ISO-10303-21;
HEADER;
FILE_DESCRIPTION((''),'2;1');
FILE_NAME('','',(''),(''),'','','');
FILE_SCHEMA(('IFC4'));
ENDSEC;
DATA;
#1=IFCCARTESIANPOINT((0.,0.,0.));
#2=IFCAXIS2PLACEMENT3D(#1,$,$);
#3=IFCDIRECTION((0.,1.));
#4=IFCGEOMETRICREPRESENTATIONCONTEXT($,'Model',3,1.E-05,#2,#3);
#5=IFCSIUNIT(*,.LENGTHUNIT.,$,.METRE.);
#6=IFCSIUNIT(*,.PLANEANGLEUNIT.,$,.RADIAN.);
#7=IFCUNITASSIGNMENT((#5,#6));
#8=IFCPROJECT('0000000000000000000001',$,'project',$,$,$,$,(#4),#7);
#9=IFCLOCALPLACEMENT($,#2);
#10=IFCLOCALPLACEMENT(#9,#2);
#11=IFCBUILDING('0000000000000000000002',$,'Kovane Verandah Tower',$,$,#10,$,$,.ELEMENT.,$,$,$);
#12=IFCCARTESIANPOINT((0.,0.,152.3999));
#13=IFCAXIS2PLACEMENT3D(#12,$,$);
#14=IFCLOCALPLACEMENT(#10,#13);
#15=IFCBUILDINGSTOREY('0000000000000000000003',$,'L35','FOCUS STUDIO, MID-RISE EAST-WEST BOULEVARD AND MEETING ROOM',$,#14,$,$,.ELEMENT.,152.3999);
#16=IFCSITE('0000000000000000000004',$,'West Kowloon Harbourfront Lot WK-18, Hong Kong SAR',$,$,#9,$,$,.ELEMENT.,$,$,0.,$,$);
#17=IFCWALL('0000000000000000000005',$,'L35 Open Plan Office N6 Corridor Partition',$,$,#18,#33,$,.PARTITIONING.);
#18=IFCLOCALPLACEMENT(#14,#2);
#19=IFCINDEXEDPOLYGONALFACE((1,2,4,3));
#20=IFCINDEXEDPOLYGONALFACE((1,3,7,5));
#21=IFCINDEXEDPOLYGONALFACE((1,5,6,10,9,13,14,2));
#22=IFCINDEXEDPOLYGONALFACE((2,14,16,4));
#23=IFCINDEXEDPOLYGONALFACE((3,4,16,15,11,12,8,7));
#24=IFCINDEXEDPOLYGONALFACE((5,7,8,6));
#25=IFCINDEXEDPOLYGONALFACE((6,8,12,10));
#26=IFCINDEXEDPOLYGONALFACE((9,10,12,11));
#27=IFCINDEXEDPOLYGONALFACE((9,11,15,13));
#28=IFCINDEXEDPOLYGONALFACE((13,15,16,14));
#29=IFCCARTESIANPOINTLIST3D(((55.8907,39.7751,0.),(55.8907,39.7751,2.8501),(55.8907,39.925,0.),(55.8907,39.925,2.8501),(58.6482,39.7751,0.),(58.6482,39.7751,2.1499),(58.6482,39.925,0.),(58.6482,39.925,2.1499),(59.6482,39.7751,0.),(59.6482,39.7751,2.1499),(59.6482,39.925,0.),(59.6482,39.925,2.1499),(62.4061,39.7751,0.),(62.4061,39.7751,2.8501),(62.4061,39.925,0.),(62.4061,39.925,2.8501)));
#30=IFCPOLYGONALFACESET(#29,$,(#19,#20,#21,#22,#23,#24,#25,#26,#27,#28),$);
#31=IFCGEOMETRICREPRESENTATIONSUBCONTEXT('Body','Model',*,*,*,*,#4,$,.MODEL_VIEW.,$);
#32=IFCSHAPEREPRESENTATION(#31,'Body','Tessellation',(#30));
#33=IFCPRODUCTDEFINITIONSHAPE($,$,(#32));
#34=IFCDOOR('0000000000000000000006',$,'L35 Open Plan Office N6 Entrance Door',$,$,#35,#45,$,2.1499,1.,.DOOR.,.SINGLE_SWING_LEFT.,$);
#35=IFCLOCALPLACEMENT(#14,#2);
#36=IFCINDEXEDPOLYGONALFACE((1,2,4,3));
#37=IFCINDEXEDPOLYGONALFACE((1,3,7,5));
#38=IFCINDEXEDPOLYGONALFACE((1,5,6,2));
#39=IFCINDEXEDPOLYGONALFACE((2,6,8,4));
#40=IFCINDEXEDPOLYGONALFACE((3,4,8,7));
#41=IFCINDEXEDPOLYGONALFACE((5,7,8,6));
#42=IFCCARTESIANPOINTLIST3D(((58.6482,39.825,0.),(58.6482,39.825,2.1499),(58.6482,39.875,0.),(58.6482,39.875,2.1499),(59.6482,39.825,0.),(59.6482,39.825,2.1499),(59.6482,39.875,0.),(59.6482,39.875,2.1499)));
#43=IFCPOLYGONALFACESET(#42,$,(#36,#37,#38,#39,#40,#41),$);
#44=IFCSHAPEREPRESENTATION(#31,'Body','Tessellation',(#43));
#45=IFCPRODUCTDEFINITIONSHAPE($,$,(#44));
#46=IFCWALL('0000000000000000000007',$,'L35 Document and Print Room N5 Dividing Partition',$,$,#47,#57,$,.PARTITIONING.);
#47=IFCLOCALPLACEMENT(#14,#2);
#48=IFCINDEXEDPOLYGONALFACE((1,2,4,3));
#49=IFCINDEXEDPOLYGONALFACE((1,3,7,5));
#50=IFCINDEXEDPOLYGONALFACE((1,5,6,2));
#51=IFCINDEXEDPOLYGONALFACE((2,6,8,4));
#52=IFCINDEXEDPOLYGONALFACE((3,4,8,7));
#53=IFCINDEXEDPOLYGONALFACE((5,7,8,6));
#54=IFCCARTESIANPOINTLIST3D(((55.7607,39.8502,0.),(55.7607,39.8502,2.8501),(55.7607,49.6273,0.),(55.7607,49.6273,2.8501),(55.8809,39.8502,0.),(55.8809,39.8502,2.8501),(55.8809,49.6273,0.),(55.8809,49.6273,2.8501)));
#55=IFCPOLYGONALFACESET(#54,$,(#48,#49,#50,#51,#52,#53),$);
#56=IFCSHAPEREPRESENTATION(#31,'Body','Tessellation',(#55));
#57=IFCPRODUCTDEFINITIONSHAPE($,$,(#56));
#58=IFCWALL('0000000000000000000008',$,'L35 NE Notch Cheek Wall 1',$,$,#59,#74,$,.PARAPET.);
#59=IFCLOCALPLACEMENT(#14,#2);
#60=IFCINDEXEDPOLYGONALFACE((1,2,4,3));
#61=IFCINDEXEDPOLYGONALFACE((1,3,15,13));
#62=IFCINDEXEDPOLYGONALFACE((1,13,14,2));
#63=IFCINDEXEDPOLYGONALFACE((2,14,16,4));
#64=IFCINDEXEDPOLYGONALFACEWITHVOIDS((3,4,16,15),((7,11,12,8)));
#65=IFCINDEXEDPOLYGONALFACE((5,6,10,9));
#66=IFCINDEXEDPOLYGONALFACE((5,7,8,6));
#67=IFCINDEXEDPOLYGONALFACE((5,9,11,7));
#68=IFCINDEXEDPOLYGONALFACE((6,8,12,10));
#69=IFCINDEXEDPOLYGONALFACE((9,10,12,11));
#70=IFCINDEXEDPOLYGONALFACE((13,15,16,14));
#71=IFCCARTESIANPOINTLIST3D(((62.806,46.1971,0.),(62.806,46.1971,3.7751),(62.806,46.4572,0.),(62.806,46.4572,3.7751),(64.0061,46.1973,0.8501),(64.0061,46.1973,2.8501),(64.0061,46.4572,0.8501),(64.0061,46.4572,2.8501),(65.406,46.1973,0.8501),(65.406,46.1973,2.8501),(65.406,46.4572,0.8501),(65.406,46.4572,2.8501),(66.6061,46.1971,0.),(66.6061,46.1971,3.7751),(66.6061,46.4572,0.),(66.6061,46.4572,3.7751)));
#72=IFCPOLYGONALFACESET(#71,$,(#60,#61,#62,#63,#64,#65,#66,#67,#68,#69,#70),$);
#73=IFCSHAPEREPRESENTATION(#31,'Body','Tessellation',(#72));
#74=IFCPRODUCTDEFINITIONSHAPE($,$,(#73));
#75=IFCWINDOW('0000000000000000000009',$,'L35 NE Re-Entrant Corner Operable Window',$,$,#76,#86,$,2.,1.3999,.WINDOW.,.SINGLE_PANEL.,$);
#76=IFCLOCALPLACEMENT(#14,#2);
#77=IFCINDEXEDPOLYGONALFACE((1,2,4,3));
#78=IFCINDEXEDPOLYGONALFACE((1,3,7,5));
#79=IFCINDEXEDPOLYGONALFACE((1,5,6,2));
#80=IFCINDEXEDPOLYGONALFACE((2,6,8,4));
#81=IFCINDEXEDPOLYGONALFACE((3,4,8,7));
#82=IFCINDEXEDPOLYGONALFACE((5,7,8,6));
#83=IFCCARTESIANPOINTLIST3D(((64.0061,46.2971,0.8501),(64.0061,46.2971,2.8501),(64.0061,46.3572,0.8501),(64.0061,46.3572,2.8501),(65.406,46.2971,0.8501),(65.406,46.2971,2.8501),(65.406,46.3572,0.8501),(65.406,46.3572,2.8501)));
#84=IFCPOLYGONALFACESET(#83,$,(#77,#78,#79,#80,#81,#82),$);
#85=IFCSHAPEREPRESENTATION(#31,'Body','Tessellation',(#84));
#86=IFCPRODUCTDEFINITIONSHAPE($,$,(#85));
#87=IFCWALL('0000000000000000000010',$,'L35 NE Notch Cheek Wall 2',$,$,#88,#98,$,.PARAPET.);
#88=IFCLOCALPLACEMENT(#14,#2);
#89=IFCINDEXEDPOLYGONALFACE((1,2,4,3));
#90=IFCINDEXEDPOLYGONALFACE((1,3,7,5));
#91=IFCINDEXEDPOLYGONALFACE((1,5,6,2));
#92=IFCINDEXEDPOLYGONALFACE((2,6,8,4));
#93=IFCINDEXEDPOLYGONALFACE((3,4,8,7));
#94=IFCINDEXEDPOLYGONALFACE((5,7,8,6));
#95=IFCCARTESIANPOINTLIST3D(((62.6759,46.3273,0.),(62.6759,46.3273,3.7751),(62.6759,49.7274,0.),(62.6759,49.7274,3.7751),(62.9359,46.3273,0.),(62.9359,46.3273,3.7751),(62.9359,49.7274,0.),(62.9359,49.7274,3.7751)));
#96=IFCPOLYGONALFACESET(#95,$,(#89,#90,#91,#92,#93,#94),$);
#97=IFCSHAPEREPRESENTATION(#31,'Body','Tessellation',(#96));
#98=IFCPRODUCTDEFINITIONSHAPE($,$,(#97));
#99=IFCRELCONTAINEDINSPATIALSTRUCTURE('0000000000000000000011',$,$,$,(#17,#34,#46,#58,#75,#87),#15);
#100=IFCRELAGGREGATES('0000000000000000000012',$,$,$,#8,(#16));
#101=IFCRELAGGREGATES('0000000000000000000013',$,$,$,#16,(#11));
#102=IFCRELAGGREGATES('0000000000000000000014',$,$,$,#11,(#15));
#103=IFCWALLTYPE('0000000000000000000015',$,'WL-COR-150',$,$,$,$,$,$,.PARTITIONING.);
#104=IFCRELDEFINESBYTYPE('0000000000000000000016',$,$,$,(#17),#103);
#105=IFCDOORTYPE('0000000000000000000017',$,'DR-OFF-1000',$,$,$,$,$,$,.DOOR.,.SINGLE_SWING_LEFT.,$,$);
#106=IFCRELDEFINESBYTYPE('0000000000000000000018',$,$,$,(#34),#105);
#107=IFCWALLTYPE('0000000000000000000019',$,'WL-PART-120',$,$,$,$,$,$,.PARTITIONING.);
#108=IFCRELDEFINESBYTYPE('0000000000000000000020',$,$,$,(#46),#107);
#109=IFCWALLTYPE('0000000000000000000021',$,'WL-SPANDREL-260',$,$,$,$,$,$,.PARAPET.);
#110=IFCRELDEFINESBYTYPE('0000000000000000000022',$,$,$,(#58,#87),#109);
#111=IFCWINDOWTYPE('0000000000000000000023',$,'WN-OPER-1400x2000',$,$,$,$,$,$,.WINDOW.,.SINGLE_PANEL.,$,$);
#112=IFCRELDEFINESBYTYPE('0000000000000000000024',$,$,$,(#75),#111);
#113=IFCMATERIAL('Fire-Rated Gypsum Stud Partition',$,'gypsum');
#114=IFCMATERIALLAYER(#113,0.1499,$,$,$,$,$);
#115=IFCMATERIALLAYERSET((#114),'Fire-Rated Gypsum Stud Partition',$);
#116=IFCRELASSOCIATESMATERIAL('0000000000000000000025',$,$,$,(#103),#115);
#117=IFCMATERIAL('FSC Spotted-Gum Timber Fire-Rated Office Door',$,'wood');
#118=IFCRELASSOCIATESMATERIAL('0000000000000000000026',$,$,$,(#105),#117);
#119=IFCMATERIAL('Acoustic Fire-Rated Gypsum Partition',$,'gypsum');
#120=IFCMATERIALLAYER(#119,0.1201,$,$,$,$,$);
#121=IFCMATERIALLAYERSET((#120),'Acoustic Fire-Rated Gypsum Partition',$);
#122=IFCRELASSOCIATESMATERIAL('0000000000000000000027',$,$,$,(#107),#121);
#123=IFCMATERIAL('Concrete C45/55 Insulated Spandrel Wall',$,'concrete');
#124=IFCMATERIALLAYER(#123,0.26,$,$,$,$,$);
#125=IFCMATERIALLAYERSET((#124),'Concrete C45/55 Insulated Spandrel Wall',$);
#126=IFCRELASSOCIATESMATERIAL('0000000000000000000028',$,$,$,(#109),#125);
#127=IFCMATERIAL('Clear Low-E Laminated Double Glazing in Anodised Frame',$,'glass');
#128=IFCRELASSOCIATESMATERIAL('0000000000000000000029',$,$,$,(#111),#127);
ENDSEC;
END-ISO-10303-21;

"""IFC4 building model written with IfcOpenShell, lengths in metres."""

from ifc_helpers import new_model, si_unit, direction, frame, frame_2d, origin, place, context, subcontext, project, spatial, rectangle, extrude, material, layer, layer_set, type_object, element, fill, save


model = new_model("IFC4")

# Units and contexts
model_context = context("Model", 3, precision=1e-05, world=origin(), true_north=direction((0.0, 1.0)))
body_context = subcontext(model_context, "Body", "Model", "MODEL_VIEW")
ifc_project = project(units=[si_unit("LENGTHUNIT", "METRE"), si_unit("PLANEANGLEUNIT", "RADIAN")], contexts=[model_context])

# Site, building, storey
site_placement = place(None, origin())
site = spatial("IfcSite", under=ifc_project, at=site_placement, Name="West Kowloon Harbourfront Lot WK-18, Hong Kong SAR", CompositionType="ELEMENT", RefElevation=0.0)
building_placement = place(site_placement, origin())
building = spatial("IfcBuilding", under=site, at=building_placement, Name="Kovane Verandah Tower", CompositionType="ELEMENT")
storey_placement = place(building_placement, frame((0.0, 0.0, 152.3999)))
storey = spatial("IfcBuildingStorey", under=building, at=storey_placement, Name="L35", Description="FOCUS STUDIO, MID-RISE EAST-WEST BOULEVARD AND MEETING ROOM", CompositionType="ELEMENT", Elevation=152.3999)

# Wall, opening, door
ifc_material_1 = material(Name="Fire-Rated Gypsum Stud Partition", Category="gypsum")
ifc_layer_1 = layer(ifc_material_1, 0.1499)
ifc_layer_set_1 = layer_set([ifc_layer_1], Name="Fire-Rated Gypsum Stud Partition")
wall_type_1 = type_object("IfcWallType", Name="WL-COR-150", PredefinedType="PARTITIONING", material=ifc_layer_set_1)
wall_1_placement = place(storey_placement, frame((55.8906, 39.8501, 0.0), z_axis=(0.0, 0.0, 1.0), x_axis=(1.0, 0.0, 0.0)))
wall_1 = element("IfcWall", 1, at=wall_1_placement, inside=storey, type_object=wall_type_1, Name="L35 Open Plan Office N6 Corridor Partition", PredefinedType="PARTITIONING", context=body_context, shape_type="SweptSolid", body=[
    extrude(rectangle(XDim=6.5154, YDim=0.1499, at=frame_2d((3.2578, 0.0))), origin(), (0.0, 0.0, 1.0), 2.8501),
])
opening_1_placement = place(wall_1_placement, frame((2.7576, 0.0, 0.0)))
opening_1 = element("IfcOpeningElement", 2, at=opening_1_placement, cuts=wall_1, PredefinedType="OPENING", context=body_context, shape_type="SweptSolid", body=[
    extrude(rectangle(XDim=1.0, YDim=2.1499, at=frame_2d((0.5, 1.075))), frame((0.0, 0.075, 0.0), z_axis=(0.0, -1.0, 0.0), x_axis=(1.0, 0.0, 0.0)), (0.0, 0.0, 1.0), 0.1499),
])
ifc_material_2 = material(Name="FSC Spotted-Gum Timber Fire-Rated Office Door", Category="wood")
door_type_1 = type_object("IfcDoorType", Name="DR-OFF-1000", OperationType="SINGLE_SWING_LEFT", PredefinedType="DOOR", material=ifc_material_2)
door_1_placement = place(opening_1_placement, origin())
door_1 = element("IfcDoor", 3, at=door_1_placement, inside=storey, type_object=door_type_1, Name="L35 Open Plan Office N6 Entrance Door", OperationType="SINGLE_SWING_LEFT", OverallHeight=2.1499, OverallWidth=1.0, PredefinedType="DOOR", context=body_context, shape_type="SweptSolid", body=[
    extrude(rectangle(XDim=1.0, YDim=2.1499, at=frame_2d((0.5, 1.075))), frame((0.0, 0.0249, 0.0), z_axis=(0.0, -1.0, 0.0), x_axis=(1.0, 0.0, 0.0)), (0.0, 0.0, 1.0), 0.05),
])
fill(opening_1, door_1)

# Wall
ifc_material_3 = material(Name="Acoustic Fire-Rated Gypsum Partition", Category="gypsum")
ifc_layer_2 = layer(ifc_material_3, 0.1201)
ifc_layer_set_2 = layer_set([ifc_layer_2], Name="Acoustic Fire-Rated Gypsum Partition")
wall_type_2 = type_object("IfcWallType", Name="WL-PART-120", PredefinedType="PARTITIONING", material=ifc_layer_set_2)
wall_2_placement = place(storey_placement, frame((55.8208, 39.8501, 0.0), z_axis=(0.0, 0.0, 1.0), x_axis=(0.0, 1.0, 0.0)))
element("IfcWall", 4, at=wall_2_placement, inside=storey, type_object=wall_type_2, Name="L35 Document and Print Room N5 Dividing Partition", PredefinedType="PARTITIONING", context=body_context, shape_type="SweptSolid", body=[
    extrude(rectangle(XDim=9.7771, YDim=0.1201, at=frame_2d((4.8887, 0.0))), origin(), (0.0, 0.0, 1.0), 2.8501),
])

# Shared definitions
ifc_material_4 = material(Name="Concrete C45/55 Insulated Spandrel Wall", Category="concrete")
ifc_layer_3 = layer(ifc_material_4, 0.26)
ifc_layer_set_3 = layer_set([ifc_layer_3], Name="Concrete C45/55 Insulated Spandrel Wall")
wall_type_3 = type_object("IfcWallType", Name="WL-SPANDREL-260", PredefinedType="PARAPET", material=ifc_layer_set_3)
ifc_material_5 = material(Name="Clear Low-E Laminated Double Glazing in Anodised Frame", Category="glass")

# Wall, opening, window
wall_3_placement = place(storey_placement, frame((66.606, 46.3271, 0.0), z_axis=(0.0, 0.0, 1.0), x_axis=(-1.0, 0.0, 0.0)))
wall_3 = element("IfcWall", 5, at=wall_3_placement, inside=storey, type_object=wall_type_3, Name="L35 NE Notch Cheek Wall 1", PredefinedType="PARAPET", context=body_context, shape_type="SweptSolid", body=[
    extrude(rectangle(XDim=3.8, YDim=0.26, at=frame_2d((1.8999, 0.0))), origin(), (0.0, 0.0, 1.0), 3.7751),
])
opening_2_placement = place(wall_3_placement, frame((1.2, 0.0, 0.8501)))
opening_2 = element("IfcOpeningElement", 6, at=opening_2_placement, cuts=wall_3, PredefinedType="OPENING", context=body_context, shape_type="SweptSolid", body=[
    extrude(rectangle(XDim=1.3999, YDim=2.0, at=frame_2d((0.7, 1.0))), frame((0.0, 0.1299, 0.0), z_axis=(0.0, -1.0, 0.0), x_axis=(1.0, 0.0, 0.0)), (0.0, 0.0, 1.0), 0.26),
])
window_type_1 = type_object("IfcWindowType", Name="WN-OPER-1400x2000", PartitioningType="SINGLE_PANEL", PredefinedType="WINDOW", material=ifc_material_5)
window_1_placement = place(opening_2_placement, origin())
window_1 = element("IfcWindow", 7, at=window_1_placement, inside=storey, type_object=window_type_1, Name="L35 NE Re-Entrant Corner Operable Window", OverallHeight=2.0, OverallWidth=1.3999, PartitioningType="SINGLE_PANEL", PredefinedType="WINDOW", context=body_context, shape_type="SweptSolid", body=[
    extrude(rectangle(XDim=1.3999, YDim=2.0, at=frame_2d((0.7, 1.0))), frame((0.0, 0.03, 0.0), z_axis=(0.0, -1.0, 0.0), x_axis=(1.0, 0.0, 0.0)), (0.0, 0.0, 1.0), 0.0601),
])
fill(opening_2, window_1)

# Wall
wall_4_placement = place(storey_placement, frame((62.8059, 46.3271, 0.0), z_axis=(0.0, 0.0, 1.0), x_axis=(0.0, 1.0, 0.0)))
element("IfcWall", 8, at=wall_4_placement, inside=storey, type_object=wall_type_3, Name="L35 NE Notch Cheek Wall 2", PredefinedType="PARAPET", context=body_context, shape_type="SweptSolid", body=[
    extrude(rectangle(XDim=3.4001, YDim=0.26, at=frame_2d((1.7002, 0.0))), origin(), (0.0, 0.0, 1.0), 3.7751),
])

save(model, "model.ifc")
